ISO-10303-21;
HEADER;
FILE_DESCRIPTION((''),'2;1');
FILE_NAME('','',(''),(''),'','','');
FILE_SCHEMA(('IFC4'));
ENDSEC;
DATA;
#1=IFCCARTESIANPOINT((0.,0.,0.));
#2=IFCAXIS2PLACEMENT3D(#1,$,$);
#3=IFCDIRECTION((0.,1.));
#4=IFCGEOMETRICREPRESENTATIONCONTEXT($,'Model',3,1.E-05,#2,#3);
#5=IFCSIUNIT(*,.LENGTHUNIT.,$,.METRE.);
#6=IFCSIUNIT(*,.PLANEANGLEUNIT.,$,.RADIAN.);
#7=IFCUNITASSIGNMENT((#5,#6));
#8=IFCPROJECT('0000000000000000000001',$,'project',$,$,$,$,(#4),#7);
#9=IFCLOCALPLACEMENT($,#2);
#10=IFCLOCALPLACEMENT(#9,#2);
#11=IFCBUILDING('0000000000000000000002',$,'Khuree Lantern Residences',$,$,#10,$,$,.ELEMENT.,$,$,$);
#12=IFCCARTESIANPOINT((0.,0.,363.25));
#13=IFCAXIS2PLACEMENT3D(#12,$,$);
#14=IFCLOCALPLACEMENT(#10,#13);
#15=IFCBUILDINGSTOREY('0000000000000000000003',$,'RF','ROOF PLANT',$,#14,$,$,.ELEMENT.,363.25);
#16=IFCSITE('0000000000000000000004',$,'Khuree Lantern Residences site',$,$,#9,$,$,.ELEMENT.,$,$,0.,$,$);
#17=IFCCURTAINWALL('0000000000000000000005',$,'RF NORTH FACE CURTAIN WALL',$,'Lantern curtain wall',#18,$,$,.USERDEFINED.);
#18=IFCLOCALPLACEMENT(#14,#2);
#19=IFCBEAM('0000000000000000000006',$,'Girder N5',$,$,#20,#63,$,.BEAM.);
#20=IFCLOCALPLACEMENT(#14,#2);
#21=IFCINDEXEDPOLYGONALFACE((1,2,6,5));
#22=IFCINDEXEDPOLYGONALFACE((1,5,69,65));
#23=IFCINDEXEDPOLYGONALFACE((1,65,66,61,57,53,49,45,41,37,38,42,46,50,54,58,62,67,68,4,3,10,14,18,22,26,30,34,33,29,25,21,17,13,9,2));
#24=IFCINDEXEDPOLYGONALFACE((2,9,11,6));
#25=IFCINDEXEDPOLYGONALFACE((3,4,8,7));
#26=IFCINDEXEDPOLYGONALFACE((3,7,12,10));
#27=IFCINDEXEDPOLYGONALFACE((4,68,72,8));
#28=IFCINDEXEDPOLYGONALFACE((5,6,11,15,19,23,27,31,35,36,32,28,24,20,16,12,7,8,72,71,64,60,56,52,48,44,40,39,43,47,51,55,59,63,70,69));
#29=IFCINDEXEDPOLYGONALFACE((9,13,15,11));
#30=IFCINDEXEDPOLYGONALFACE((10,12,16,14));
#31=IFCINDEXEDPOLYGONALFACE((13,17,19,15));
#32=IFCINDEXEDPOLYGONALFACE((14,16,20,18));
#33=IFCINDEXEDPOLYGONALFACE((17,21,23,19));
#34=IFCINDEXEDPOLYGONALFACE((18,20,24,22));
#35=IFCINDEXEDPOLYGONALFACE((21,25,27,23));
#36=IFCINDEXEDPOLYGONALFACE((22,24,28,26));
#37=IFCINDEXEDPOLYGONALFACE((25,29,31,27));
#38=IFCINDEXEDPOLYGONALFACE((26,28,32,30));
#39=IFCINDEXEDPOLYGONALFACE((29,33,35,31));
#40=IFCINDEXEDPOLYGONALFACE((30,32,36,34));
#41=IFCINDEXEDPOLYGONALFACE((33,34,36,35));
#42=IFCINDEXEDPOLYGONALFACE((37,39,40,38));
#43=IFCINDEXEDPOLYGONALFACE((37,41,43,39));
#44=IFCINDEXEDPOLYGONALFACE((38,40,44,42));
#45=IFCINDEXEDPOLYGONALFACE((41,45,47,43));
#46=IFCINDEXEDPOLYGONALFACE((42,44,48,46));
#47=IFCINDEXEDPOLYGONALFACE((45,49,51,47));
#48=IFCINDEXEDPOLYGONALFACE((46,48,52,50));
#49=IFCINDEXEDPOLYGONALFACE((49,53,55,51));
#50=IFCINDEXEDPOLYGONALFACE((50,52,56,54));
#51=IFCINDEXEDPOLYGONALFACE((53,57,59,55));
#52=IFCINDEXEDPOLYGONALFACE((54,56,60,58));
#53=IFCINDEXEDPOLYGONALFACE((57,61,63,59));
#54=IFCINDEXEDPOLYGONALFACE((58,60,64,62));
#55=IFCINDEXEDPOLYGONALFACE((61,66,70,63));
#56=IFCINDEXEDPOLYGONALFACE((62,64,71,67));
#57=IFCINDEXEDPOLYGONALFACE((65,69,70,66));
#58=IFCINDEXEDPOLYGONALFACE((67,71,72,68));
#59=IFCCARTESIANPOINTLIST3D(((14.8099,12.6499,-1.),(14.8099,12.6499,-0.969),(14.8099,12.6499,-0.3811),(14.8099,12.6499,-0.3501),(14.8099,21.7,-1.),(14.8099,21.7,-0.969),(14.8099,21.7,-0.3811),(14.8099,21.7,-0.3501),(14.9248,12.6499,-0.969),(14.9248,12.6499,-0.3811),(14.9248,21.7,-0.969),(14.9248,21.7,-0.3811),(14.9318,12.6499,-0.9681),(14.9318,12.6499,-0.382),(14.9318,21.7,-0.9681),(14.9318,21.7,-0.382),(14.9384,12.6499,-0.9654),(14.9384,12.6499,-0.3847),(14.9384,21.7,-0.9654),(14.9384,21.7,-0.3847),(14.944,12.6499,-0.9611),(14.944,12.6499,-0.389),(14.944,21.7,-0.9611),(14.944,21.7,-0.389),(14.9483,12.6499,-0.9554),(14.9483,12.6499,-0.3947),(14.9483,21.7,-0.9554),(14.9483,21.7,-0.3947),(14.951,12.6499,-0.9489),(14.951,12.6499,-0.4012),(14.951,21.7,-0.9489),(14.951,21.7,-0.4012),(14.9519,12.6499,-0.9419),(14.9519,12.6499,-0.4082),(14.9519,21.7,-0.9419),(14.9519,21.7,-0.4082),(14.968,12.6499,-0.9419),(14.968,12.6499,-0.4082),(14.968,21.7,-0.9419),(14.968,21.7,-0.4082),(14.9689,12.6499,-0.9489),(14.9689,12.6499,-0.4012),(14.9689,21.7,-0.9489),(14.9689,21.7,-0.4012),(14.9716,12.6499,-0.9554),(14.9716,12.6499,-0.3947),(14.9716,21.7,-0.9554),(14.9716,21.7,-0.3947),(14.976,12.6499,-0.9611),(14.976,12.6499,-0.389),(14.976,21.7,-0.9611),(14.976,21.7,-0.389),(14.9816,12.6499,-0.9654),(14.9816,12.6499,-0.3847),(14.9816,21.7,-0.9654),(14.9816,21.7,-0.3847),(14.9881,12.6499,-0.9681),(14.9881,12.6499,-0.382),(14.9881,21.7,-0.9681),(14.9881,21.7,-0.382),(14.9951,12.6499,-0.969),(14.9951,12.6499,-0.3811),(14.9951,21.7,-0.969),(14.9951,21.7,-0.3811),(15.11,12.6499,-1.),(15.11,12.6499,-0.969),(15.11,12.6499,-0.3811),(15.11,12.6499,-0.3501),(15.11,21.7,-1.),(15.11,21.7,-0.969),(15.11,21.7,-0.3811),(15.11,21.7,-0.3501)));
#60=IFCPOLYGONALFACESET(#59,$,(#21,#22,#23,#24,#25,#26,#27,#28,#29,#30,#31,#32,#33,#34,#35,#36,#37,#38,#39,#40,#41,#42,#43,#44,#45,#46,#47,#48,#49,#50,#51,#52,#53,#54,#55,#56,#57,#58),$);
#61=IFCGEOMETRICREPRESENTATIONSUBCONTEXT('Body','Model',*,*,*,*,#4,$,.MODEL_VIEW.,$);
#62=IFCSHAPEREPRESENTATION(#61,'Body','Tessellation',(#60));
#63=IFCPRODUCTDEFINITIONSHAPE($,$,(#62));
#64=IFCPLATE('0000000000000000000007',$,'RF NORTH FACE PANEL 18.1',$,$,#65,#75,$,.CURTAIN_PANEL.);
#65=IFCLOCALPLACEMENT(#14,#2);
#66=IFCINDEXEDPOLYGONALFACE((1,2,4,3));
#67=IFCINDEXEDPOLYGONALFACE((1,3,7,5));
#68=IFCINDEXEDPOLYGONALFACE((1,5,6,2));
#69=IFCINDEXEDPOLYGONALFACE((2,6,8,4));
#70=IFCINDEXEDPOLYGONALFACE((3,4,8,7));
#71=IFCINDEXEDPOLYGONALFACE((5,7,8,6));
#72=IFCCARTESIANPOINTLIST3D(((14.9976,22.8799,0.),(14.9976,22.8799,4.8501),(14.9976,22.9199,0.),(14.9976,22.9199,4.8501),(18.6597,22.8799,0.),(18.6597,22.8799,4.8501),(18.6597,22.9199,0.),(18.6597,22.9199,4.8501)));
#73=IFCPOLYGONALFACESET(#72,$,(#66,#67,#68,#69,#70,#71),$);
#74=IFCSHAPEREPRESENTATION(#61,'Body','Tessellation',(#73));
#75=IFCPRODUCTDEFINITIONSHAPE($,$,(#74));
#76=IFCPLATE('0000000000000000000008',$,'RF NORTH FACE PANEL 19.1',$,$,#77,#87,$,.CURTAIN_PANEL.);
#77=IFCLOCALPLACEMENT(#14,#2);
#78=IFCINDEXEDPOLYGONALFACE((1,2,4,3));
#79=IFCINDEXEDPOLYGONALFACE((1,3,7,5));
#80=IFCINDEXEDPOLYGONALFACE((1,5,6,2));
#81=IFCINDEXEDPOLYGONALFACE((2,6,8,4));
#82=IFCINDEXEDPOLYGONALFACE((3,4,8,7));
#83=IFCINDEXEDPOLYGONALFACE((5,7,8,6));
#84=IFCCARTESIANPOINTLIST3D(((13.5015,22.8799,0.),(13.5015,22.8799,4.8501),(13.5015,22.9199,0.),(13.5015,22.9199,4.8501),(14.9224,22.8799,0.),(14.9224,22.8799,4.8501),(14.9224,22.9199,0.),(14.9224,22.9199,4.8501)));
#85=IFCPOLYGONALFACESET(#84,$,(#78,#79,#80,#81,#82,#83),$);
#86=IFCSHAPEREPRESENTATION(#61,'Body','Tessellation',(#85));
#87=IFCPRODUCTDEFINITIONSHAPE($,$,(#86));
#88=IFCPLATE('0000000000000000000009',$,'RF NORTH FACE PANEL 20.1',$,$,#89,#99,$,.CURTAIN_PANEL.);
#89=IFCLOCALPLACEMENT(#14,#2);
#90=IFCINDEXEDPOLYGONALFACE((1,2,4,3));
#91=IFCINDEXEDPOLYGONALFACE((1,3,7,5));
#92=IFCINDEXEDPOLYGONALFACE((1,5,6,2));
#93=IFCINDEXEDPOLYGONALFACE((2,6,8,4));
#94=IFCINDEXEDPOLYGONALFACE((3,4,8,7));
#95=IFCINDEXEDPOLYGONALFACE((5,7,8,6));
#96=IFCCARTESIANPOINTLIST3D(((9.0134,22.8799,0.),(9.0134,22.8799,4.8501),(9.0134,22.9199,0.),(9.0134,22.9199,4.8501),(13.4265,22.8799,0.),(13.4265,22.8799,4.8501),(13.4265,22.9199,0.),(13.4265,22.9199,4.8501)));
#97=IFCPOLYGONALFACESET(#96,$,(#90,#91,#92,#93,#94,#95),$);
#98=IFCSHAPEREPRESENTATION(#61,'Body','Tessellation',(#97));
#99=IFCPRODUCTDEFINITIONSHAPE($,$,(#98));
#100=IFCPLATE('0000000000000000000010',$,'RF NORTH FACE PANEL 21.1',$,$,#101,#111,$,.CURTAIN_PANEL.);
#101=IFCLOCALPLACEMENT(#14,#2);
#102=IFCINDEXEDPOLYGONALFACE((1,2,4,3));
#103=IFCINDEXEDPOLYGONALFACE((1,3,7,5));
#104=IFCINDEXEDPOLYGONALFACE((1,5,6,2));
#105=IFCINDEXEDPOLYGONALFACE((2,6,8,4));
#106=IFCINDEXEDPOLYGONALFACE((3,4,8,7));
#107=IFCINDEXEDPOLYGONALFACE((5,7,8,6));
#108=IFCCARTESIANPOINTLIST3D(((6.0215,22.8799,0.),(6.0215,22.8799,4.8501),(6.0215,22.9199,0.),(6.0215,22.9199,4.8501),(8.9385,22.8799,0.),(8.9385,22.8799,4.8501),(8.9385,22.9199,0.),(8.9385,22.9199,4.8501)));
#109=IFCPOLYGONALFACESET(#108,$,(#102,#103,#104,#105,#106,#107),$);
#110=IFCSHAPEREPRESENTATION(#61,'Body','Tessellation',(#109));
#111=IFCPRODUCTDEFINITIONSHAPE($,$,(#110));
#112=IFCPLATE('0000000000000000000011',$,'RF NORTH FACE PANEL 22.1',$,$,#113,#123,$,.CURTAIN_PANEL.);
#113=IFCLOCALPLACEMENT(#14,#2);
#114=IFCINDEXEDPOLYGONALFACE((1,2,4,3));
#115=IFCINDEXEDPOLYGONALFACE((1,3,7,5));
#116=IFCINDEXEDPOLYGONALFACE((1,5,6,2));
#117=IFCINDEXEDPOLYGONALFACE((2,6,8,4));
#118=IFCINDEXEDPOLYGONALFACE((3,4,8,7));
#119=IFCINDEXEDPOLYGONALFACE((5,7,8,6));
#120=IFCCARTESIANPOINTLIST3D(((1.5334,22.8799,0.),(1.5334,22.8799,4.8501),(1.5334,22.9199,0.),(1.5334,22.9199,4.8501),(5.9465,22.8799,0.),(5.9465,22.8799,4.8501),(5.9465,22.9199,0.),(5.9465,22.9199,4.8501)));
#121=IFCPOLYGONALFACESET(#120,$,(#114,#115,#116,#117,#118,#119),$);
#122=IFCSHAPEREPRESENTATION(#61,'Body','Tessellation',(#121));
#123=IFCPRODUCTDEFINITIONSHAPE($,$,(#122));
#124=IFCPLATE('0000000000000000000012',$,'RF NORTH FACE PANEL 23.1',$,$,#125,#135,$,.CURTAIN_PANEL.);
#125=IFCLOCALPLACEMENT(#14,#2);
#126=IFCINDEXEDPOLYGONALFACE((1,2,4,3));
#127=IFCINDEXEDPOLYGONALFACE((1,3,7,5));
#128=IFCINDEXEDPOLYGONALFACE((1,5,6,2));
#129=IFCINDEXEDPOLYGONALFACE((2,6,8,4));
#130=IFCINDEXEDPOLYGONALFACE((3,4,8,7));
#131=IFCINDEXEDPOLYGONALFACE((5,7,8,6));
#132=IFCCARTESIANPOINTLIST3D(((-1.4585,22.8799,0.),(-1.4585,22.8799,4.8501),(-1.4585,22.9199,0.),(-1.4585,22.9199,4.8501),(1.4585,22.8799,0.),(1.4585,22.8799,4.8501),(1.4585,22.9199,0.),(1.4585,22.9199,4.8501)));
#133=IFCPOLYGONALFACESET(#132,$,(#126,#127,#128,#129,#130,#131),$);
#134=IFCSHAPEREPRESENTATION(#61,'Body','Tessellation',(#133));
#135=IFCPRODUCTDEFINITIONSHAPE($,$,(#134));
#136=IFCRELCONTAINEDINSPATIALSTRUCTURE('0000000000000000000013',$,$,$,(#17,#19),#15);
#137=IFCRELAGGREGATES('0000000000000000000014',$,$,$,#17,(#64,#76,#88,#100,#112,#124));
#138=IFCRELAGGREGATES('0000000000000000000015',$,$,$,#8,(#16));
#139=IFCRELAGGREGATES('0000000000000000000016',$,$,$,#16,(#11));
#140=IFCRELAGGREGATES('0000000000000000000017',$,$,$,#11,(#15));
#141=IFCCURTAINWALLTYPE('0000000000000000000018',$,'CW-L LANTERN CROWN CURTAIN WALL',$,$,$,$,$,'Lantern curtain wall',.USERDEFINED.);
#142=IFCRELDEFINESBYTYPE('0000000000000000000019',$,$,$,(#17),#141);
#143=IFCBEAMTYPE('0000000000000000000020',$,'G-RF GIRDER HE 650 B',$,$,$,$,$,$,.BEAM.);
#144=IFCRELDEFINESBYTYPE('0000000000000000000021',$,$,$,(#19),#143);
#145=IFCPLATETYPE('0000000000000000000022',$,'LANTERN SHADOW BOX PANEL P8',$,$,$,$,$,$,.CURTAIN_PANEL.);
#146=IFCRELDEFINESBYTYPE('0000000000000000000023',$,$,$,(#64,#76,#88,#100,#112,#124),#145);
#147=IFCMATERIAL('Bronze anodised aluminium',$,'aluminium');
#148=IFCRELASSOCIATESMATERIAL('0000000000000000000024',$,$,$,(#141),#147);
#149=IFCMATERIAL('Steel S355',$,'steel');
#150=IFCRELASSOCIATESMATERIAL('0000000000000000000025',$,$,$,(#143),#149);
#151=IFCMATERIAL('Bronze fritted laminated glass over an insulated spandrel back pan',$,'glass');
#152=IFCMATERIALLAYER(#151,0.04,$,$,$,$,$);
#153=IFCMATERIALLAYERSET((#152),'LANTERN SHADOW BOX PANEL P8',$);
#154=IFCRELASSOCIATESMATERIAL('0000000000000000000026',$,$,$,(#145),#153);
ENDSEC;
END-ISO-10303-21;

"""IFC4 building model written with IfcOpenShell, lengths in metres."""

from ifc_helpers import new_model, si_unit, direction, frame, origin, origin_2d, place, context, subcontext, project, spatial, rectangle, i_section, extrude, material, layer, layer_set, material_profile, profile_set, type_object, element, aggregate, save


model = new_model("IFC4")

# Units and contexts
model_context = context("Model", 3, precision=1e-05, world=origin(), true_north=direction((0.0, 1.0)))
body_context = subcontext(model_context, "Body", "Model", "MODEL_VIEW")
ifc_project = project(units=[si_unit("LENGTHUNIT", "METRE"), si_unit("PLANEANGLEUNIT", "RADIAN")], contexts=[model_context])

# Site, building, storey
site_placement = place(None, origin())
site = spatial("IfcSite", under=ifc_project, at=site_placement, Name="Khuree Lantern Residences site", CompositionType="ELEMENT", RefElevation=0.0)
building_placement = place(site_placement, origin())
building = spatial("IfcBuilding", under=site, at=building_placement, Name="Khuree Lantern Residences", CompositionType="ELEMENT")
storey_placement = place(building_placement, frame((0.0, 0.0, 363.25)))
storey = spatial("IfcBuildingStorey", under=building, at=storey_placement, Name="RF", Description="ROOF PLANT", CompositionType="ELEMENT", Elevation=363.25)

# Shared definitions
ifc_material_1 = material(Name="Steel S355", Category="steel")

# Curtain wall
ifc_material_2 = material(Name="Bronze anodised aluminium", Category="aluminium")
curtain_wall_type = type_object("IfcCurtainWallType", Name="CW-L LANTERN CROWN CURTAIN WALL", ElementType="Lantern curtain wall", PredefinedType="USERDEFINED", material=ifc_material_2)
curtain_wall_placement = place(storey_placement, origin())
curtain_wall = element("IfcCurtainWall", 1, at=curtain_wall_placement, inside=storey, type_object=curtain_wall_type, Name="RF NORTH FACE CURTAIN WALL", ObjectType="Lantern curtain wall", PredefinedType="USERDEFINED")

# Beam
ifc_material_profile_1 = material_profile(ifc_material_1, i_section(OverallWidth=0.3, OverallDepth=0.6499, WebThickness=0.0161, FlangeThickness=0.031, FilletRadius=0.0271, at=origin_2d()), Name="HE 650 B")
ifc_profile_set_1 = profile_set([ifc_material_profile_1], Name="Steel S355")
beam_type_1 = type_object("IfcBeamType", Name="G-RF GIRDER HE 650 B", PredefinedType="BEAM", material=ifc_profile_set_1)
beam_1_placement = place(storey_placement, frame((14.96, 21.7, -0.675), z_axis=(0.0, -1.0, 0.0), x_axis=(1.0, 0.0, 0.0)))
element("IfcBeam", 2, at=beam_1_placement, inside=storey, type_object=beam_type_1, Name="Girder N5", PredefinedType="BEAM", context=body_context, shape_type="SweptSolid", body=[
    extrude(i_section(OverallWidth=0.3, OverallDepth=0.6499, WebThickness=0.0161, FlangeThickness=0.031, FilletRadius=0.0271, at=origin_2d()), origin(), (0.0, 0.0, 1.0), 9.05),
])

# Plates
ifc_material_3 = material(Name="Bronze fritted laminated glass over an insulated spandrel back pan", Category="glass")
ifc_layer = layer(ifc_material_3, 0.04)
ifc_layer_set = layer_set([ifc_layer], Name="LANTERN SHADOW BOX PANEL P8")
plate_type = type_object("IfcPlateType", Name="LANTERN SHADOW BOX PANEL P8", PredefinedType="CURTAIN_PANEL", material=ifc_layer_set)
plate_1_placement = place(storey_placement, frame((16.8286, 22.8999, 0.0), z_axis=(0.0, 0.0, 1.0), x_axis=(-1.0, 0.0, 0.0)))
plate_1 = element("IfcPlate", 3, at=plate_1_placement, type_object=plate_type, Name="RF NORTH FACE PANEL 18.1", PredefinedType="CURTAIN_PANEL", context=body_context, shape_type="SweptSolid", body=[
    extrude(rectangle(XDim=3.6621, YDim=0.04, at=origin_2d()), origin(), (0.0, 0.0, 1.0), 4.8501),
])
plate_2_placement = place(storey_placement, frame((14.2119, 22.8999, 0.0), z_axis=(0.0, 0.0, 1.0), x_axis=(-1.0, 0.0, 0.0)))
plate_2 = element("IfcPlate", 4, at=plate_2_placement, type_object=plate_type, Name="RF NORTH FACE PANEL 19.1", PredefinedType="CURTAIN_PANEL", context=body_context, shape_type="SweptSolid", body=[
    extrude(rectangle(XDim=1.4209, YDim=0.04, at=origin_2d()), origin(), (0.0, 0.0, 1.0), 4.8501),
])
plate_3_placement = place(storey_placement, frame((11.22, 22.8999, 0.0), z_axis=(0.0, 0.0, 1.0), x_axis=(-1.0, 0.0, 0.0)))
plate_3 = element("IfcPlate", 5, at=plate_3_placement, type_object=plate_type, Name="RF NORTH FACE PANEL 20.1", PredefinedType="CURTAIN_PANEL", context=body_context, shape_type="SweptSolid", body=[
    extrude(rectangle(XDim=4.4131, YDim=0.04, at=origin_2d()), origin(), (0.0, 0.0, 1.0), 4.8501),
])
plate_4_placement = place(storey_placement, frame((7.48, 22.8999, 0.0), z_axis=(0.0, 0.0, 1.0), x_axis=(-1.0, 0.0, 0.0)))
plate_4 = element("IfcPlate", 6, at=plate_4_placement, type_object=plate_type, Name="RF NORTH FACE PANEL 21.1", PredefinedType="CURTAIN_PANEL", context=body_context, shape_type="SweptSolid", body=[
    extrude(rectangle(XDim=2.917, YDim=0.04, at=origin_2d()), origin(), (0.0, 0.0, 1.0), 4.8501),
])
plate_5_placement = place(storey_placement, frame((3.74, 22.8999, 0.0), z_axis=(0.0, 0.0, 1.0), x_axis=(-1.0, 0.0, 0.0)))
plate_5 = element("IfcPlate", 7, at=plate_5_placement, type_object=plate_type, Name="RF NORTH FACE PANEL 22.1", PredefinedType="CURTAIN_PANEL", context=body_context, shape_type="SweptSolid", body=[
    extrude(rectangle(XDim=4.4131, YDim=0.04, at=origin_2d()), origin(), (0.0, 0.0, 1.0), 4.8501),
])
plate_6_placement = place(storey_placement, frame((0.0, 22.8999, 0.0), z_axis=(0.0, 0.0, 1.0), x_axis=(-1.0, 0.0, 0.0)))
plate_6 = element("IfcPlate", 8, at=plate_6_placement, type_object=plate_type, Name="RF NORTH FACE PANEL 23.1", PredefinedType="CURTAIN_PANEL", context=body_context, shape_type="SweptSolid", body=[
    extrude(rectangle(XDim=2.917, YDim=0.04, at=origin_2d()), origin(), (0.0, 0.0, 1.0), 4.8501),
])
aggregate(curtain_wall, [plate_1, plate_2, plate_3, plate_4, plate_5, plate_6])

save(model, "model.ifc")
